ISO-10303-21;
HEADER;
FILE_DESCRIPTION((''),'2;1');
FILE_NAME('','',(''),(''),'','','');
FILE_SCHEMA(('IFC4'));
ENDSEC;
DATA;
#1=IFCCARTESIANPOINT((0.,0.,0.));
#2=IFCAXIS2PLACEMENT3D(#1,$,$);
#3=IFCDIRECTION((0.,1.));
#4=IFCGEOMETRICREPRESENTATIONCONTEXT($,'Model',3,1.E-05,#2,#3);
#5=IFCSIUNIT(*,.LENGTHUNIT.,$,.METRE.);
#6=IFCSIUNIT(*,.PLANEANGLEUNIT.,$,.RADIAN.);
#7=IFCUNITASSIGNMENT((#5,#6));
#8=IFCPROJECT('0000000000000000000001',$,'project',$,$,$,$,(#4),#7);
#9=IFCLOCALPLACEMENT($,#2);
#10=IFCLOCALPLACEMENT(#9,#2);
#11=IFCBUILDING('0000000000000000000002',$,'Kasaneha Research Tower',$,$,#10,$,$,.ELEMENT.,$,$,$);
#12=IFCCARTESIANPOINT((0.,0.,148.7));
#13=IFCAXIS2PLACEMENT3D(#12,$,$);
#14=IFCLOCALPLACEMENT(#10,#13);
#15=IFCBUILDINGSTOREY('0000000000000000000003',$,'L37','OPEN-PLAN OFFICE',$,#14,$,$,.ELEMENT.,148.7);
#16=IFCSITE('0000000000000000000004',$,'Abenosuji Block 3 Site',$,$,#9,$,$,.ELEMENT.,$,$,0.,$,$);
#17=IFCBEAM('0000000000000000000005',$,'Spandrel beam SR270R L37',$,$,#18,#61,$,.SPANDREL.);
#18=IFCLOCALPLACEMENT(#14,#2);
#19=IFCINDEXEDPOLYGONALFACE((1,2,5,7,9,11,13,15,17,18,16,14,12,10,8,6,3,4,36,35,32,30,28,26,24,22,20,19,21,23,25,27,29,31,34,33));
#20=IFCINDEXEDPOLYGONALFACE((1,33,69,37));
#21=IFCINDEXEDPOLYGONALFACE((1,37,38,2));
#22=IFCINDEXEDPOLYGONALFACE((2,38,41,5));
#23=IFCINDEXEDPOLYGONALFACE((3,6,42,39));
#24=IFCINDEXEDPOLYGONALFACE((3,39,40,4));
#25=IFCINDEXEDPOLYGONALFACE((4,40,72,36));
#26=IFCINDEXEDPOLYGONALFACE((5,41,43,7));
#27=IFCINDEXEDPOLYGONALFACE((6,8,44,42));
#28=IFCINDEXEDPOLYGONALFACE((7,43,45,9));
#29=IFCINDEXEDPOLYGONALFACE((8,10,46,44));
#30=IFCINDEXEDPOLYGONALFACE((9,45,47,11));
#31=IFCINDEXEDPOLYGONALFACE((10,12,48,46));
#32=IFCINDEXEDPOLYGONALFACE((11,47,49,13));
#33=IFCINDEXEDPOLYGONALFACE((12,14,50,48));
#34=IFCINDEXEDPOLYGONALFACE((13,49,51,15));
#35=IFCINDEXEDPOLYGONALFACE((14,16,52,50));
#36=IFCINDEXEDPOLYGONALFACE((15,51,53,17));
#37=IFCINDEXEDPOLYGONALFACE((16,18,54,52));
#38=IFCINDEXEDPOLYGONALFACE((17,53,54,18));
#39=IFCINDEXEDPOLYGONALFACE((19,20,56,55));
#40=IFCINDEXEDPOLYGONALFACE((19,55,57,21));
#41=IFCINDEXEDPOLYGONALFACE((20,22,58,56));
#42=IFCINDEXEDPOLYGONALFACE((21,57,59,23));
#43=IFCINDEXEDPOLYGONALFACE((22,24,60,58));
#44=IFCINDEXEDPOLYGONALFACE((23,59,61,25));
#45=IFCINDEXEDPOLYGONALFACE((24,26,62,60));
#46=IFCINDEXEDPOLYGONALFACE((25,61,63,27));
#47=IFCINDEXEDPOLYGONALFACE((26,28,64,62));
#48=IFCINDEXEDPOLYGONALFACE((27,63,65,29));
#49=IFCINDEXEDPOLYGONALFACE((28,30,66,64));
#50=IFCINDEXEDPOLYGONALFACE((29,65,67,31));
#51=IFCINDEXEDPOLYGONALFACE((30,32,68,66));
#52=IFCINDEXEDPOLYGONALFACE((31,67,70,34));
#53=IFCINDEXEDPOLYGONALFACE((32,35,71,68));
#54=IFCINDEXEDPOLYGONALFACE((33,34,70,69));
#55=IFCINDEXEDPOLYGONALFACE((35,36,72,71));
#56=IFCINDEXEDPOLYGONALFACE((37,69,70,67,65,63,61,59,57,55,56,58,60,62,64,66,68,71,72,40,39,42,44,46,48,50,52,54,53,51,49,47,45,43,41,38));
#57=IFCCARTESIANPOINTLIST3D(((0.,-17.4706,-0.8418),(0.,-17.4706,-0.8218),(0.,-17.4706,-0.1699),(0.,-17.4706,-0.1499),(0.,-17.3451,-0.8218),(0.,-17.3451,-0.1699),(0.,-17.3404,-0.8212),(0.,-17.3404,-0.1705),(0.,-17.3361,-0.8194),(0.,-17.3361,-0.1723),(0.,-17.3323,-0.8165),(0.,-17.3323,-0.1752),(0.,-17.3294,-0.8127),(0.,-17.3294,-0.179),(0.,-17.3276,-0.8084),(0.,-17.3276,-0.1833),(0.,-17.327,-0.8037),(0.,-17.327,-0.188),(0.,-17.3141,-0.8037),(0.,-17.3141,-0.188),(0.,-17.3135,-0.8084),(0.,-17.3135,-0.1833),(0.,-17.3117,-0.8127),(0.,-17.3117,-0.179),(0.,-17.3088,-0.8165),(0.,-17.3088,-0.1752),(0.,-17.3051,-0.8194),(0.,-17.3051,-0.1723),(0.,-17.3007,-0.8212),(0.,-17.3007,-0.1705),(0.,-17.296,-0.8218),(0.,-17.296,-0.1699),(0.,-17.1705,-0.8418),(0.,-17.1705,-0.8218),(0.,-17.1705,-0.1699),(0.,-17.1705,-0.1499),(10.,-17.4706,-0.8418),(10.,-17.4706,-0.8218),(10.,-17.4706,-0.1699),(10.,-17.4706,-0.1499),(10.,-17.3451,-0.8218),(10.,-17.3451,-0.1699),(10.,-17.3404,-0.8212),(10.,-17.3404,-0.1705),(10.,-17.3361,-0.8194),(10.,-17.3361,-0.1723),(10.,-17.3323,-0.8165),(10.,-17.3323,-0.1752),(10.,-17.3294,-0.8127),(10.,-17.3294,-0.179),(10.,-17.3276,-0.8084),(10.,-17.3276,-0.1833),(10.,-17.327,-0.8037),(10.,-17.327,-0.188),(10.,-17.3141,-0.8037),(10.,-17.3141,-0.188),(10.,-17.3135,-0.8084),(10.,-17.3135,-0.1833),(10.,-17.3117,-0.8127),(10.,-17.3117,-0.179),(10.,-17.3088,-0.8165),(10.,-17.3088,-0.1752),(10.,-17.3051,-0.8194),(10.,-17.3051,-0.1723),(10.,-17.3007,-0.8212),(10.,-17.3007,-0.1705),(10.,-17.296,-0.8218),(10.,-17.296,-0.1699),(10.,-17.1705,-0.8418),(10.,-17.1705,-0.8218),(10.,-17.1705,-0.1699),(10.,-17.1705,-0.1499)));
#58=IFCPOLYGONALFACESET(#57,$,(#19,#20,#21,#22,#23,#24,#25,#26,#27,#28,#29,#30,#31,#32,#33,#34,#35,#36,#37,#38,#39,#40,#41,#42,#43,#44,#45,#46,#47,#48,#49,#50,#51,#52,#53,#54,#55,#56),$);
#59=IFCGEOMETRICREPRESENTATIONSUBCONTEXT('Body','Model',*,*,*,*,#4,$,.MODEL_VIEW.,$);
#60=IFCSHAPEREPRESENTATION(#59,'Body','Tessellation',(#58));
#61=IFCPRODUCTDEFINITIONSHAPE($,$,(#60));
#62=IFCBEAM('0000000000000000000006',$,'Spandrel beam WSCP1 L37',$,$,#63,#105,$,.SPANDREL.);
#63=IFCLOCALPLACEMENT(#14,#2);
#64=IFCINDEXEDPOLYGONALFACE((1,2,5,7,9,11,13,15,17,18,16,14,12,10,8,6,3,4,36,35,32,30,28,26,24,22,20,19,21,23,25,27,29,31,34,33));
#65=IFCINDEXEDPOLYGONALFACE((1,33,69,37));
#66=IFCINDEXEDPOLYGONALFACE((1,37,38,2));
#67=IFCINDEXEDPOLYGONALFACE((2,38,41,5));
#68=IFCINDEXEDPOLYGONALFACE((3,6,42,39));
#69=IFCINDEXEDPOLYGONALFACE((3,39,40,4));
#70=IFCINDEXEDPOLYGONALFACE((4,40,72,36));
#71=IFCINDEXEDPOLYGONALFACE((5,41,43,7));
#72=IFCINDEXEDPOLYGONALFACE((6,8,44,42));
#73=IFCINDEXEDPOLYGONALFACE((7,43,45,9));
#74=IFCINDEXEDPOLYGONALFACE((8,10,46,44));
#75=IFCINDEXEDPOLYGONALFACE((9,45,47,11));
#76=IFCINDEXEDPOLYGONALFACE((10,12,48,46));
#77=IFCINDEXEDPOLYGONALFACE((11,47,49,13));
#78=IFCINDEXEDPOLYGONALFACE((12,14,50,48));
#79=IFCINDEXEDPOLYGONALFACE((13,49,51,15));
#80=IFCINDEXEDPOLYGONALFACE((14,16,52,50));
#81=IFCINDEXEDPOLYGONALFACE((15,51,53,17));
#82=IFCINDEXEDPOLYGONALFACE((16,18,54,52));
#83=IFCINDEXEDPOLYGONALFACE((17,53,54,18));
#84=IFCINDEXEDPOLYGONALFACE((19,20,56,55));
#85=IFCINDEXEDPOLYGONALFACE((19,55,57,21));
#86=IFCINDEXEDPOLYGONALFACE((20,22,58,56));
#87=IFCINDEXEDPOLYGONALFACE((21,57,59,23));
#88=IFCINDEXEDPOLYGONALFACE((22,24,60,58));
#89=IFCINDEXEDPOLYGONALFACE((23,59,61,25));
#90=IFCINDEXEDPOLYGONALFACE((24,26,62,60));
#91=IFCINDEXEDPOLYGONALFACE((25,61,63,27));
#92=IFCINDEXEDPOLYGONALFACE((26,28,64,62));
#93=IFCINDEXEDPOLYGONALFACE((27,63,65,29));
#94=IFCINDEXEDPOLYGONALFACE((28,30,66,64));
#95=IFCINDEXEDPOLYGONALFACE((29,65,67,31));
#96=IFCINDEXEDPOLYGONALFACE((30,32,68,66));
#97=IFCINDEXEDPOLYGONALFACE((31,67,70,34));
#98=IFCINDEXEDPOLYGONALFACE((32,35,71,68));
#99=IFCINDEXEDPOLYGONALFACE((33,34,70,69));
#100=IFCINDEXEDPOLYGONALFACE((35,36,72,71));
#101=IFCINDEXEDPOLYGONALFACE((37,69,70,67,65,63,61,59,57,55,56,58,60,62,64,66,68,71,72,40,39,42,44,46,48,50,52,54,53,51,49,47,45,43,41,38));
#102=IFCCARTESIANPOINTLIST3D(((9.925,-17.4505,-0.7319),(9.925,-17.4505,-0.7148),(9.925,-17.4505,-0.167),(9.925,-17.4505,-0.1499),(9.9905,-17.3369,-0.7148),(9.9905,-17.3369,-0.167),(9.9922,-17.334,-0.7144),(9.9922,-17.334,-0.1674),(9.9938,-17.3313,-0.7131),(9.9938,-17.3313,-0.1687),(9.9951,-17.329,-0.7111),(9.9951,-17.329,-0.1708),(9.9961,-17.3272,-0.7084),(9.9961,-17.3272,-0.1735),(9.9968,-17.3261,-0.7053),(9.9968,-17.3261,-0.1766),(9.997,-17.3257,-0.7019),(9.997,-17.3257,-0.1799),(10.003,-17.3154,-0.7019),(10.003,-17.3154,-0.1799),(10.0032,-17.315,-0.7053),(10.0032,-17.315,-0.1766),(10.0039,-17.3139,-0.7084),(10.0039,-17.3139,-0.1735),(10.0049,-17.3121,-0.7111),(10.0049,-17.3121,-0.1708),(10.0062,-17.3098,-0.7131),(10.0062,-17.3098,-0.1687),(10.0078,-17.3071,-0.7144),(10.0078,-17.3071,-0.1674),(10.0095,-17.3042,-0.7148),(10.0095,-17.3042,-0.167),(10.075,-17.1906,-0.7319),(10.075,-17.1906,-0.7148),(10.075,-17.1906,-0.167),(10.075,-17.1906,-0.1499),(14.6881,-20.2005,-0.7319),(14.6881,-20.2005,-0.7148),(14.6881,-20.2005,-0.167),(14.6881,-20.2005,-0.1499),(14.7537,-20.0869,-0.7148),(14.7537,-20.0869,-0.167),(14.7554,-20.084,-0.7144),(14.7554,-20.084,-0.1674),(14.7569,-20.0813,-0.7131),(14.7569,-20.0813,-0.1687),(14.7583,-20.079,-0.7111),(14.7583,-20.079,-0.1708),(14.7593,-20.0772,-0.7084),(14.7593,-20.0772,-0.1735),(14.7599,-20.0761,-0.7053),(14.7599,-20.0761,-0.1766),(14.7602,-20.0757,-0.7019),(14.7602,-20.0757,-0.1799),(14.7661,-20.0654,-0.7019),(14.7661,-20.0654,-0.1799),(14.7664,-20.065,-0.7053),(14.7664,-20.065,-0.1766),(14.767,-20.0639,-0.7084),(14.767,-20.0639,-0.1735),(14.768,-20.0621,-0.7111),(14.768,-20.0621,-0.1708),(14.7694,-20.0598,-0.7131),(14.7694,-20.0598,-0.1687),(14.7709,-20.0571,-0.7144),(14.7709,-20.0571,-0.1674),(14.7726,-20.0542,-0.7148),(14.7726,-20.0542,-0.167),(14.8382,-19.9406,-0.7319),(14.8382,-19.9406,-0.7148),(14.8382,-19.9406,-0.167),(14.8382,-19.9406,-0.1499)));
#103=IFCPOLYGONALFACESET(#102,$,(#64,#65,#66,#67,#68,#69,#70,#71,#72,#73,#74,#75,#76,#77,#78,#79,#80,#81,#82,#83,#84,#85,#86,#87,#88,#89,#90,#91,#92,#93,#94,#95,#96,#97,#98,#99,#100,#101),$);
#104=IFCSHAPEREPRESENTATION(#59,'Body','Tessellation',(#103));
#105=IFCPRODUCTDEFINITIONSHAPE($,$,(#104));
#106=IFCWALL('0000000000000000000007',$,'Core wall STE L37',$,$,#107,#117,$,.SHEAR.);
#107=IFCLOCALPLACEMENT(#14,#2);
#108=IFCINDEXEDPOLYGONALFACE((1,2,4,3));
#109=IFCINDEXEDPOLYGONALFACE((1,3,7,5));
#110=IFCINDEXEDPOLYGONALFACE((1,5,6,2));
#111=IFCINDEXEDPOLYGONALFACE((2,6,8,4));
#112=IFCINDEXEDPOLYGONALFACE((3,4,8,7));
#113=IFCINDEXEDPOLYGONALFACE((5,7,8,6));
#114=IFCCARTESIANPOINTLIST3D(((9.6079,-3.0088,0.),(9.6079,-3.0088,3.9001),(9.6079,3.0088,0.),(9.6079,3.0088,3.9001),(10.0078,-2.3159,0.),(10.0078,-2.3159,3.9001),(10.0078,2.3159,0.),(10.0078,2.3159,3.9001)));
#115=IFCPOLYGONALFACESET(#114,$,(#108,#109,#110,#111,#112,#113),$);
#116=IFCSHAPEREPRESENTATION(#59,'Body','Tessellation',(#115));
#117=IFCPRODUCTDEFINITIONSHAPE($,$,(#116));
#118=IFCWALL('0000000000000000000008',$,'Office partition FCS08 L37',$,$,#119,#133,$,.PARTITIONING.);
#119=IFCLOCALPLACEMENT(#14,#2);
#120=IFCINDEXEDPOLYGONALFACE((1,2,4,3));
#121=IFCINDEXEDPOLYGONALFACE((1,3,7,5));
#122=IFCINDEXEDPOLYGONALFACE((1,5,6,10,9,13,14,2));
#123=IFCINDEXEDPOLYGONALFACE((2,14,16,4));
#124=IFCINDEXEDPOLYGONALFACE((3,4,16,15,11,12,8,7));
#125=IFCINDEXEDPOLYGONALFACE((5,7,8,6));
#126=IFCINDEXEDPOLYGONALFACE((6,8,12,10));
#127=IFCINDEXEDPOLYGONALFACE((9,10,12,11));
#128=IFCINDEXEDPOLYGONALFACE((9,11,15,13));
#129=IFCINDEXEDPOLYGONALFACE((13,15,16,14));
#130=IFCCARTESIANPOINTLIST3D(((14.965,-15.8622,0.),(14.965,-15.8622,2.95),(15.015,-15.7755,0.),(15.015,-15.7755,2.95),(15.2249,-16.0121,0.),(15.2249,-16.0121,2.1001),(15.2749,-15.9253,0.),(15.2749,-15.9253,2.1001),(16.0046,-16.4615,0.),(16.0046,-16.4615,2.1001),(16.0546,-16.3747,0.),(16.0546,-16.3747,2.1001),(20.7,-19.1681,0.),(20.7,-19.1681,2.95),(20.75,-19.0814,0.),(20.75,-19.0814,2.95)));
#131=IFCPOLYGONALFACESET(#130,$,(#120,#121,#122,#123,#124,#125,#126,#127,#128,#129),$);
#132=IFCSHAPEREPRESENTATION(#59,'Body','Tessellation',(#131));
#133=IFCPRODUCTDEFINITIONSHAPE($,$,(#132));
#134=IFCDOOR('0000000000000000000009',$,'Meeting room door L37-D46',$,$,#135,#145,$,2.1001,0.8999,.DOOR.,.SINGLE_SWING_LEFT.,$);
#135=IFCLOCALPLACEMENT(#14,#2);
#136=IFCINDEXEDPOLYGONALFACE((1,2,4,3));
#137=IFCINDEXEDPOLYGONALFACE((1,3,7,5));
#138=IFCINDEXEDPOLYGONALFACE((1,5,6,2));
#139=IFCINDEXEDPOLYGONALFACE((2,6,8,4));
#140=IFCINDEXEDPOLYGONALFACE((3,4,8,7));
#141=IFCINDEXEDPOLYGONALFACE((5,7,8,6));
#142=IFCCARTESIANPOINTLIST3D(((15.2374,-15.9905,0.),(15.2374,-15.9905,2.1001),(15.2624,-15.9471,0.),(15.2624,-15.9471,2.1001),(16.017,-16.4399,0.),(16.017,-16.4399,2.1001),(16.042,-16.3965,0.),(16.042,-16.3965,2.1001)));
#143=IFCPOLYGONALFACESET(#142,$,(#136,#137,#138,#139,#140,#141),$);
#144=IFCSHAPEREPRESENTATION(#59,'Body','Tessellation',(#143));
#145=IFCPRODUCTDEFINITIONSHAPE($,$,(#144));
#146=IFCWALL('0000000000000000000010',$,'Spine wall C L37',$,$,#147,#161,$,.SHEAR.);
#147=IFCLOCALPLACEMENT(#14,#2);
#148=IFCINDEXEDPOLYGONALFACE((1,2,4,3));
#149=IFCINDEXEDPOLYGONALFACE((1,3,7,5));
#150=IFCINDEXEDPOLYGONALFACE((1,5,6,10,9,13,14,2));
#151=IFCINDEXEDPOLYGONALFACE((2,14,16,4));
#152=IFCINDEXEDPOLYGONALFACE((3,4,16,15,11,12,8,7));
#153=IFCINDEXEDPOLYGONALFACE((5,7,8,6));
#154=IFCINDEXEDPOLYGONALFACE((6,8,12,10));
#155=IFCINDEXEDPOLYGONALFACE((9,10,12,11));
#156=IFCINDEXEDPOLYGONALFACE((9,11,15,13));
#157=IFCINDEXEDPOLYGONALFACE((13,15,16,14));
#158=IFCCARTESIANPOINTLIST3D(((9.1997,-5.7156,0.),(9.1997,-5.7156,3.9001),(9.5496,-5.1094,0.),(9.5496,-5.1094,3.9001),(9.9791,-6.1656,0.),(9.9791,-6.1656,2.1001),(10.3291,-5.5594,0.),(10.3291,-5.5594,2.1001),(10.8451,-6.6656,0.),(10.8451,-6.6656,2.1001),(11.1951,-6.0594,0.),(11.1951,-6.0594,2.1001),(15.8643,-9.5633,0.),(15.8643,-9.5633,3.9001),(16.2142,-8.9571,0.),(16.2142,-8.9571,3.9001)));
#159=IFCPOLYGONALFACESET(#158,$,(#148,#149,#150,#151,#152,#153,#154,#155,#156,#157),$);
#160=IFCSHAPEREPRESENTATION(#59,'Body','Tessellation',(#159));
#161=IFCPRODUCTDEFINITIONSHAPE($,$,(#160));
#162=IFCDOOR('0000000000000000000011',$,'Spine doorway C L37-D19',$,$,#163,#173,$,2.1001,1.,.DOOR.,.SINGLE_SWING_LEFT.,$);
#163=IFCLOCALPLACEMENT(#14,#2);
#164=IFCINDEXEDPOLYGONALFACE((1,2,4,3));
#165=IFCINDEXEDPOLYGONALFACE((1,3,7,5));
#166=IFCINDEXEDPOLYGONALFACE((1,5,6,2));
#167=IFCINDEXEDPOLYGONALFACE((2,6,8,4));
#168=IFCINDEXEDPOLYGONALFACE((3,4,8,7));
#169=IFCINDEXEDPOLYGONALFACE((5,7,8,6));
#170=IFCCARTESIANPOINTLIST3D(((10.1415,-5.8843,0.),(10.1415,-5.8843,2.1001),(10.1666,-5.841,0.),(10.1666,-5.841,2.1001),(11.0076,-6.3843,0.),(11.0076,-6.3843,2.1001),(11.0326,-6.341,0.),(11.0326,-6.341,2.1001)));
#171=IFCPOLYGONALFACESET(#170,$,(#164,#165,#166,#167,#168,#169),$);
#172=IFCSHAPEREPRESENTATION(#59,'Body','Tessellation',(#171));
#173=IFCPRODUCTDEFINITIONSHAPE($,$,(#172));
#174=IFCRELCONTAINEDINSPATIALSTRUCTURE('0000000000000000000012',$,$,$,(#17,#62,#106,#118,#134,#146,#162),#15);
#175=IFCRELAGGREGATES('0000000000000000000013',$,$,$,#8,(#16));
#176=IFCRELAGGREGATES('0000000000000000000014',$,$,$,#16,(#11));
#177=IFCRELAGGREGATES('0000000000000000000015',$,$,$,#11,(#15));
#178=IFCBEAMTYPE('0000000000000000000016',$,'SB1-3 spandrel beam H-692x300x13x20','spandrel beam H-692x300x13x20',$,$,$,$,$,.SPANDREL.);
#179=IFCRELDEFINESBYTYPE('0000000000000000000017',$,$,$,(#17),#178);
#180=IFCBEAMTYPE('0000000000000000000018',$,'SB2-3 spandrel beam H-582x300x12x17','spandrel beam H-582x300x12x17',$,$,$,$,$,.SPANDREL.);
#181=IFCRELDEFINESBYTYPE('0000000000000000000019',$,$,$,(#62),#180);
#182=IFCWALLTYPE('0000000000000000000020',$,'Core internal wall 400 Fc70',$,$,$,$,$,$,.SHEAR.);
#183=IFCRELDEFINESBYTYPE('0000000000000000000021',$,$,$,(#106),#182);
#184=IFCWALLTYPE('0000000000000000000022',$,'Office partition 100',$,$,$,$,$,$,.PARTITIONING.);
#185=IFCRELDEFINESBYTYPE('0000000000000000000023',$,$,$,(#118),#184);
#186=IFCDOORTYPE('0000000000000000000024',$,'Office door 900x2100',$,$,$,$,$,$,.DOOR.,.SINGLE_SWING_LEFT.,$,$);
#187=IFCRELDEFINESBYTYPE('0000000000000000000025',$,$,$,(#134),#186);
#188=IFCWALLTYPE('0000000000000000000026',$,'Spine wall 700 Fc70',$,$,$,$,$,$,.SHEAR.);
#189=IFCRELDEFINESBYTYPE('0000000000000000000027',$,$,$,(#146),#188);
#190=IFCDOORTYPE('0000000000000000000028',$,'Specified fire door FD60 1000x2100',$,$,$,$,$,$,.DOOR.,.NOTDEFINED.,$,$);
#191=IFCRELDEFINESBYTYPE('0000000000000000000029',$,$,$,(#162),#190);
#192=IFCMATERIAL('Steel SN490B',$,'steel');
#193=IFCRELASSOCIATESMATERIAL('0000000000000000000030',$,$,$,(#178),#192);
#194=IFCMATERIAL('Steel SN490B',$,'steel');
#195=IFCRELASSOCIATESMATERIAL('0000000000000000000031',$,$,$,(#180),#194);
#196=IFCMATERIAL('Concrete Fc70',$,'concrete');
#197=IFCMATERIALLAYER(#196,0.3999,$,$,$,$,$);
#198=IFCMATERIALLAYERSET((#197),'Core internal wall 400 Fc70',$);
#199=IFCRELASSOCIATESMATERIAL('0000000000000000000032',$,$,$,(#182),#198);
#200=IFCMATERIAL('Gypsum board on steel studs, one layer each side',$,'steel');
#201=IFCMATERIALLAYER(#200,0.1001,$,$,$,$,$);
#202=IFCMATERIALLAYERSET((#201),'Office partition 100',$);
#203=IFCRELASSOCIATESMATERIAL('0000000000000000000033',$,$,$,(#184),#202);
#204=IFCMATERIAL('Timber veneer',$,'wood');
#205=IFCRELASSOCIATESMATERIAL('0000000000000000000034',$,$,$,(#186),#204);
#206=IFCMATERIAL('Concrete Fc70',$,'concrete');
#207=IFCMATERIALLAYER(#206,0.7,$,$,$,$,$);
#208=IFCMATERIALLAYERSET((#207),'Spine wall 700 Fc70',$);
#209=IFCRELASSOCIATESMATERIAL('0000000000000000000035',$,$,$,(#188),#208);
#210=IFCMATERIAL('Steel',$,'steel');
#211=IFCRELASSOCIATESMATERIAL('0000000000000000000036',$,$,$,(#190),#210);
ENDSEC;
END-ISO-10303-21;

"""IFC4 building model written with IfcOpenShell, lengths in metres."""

from ifc_helpers import new_model, si_unit, direction, frame, frame_2d, origin, origin_2d, place, context, subcontext, project, spatial, polyline, rectangle, i_section, outline, extrude, material, layer, layer_set, material_profile, profile_set, type_object, element, fill, save


model = new_model("IFC4")

# Units and contexts
model_context = context("Model", 3, precision=1e-05, world=origin(), true_north=direction((0.0, 1.0)))
body_context = subcontext(model_context, "Body", "Model", "MODEL_VIEW")
ifc_project = project(units=[si_unit("LENGTHUNIT", "METRE"), si_unit("PLANEANGLEUNIT", "RADIAN")], contexts=[model_context])

# Site, building, storey
site_placement = place(None, origin())
site = spatial("IfcSite", under=ifc_project, at=site_placement, Name="Abenosuji Block 3 Site", CompositionType="ELEMENT", RefElevation=0.0)
building_placement = place(site_placement, origin())
building = spatial("IfcBuilding", under=site, at=building_placement, Name="Kasaneha Research Tower", CompositionType="ELEMENT")
storey_placement = place(building_placement, frame((0.0, 0.0, 148.7)))
storey = spatial("IfcBuildingStorey", under=building, at=storey_placement, Name="L37", Description="OPEN-PLAN OFFICE", CompositionType="ELEMENT", Elevation=148.7)

# Beams
ifc_material_1 = material(Name="Steel SN490B", Category="steel")
ifc_material_profile_1 = material_profile(ifc_material_1, i_section(OverallWidth=0.3, OverallDepth=0.6919, WebThickness=0.0129, FlangeThickness=0.02, FilletRadius=0.0181, at=origin_2d()), Name="H-692x300x13x20")
ifc_profile_set_1 = profile_set([ifc_material_profile_1], Name="Steel SN490B")
beam_type_1 = type_object("IfcBeamType", Name="SB1-3 spandrel beam H-692x300x13x20", Description="spandrel beam H-692x300x13x20", PredefinedType="SPANDREL", material=ifc_profile_set_1)
beam_1_placement = place(storey_placement, frame((10.0, -17.3206, -0.4958), z_axis=(-1.0, 0.0, 0.0), x_axis=(0.0, -1.0, 0.0)))
element("IfcBeam", 1, at=beam_1_placement, inside=storey, type_object=beam_type_1, Name="Spandrel beam SR270R L37", PredefinedType="SPANDREL", context=body_context, shape_type="SweptSolid", body=[
    extrude(i_section(OverallWidth=0.3, OverallDepth=0.6919, WebThickness=0.0129, FlangeThickness=0.02, FilletRadius=0.0181, at=origin_2d()), origin(), (0.0, 0.0, 1.0), 10.0),
])
ifc_material_2 = material(Name="Steel SN490B", Category="steel")
ifc_material_profile_2 = material_profile(ifc_material_2, i_section(OverallWidth=0.3, OverallDepth=0.582, WebThickness=0.012, FlangeThickness=0.0171, FilletRadius=0.0129, at=origin_2d()), Name="H-582x300x12x17")
ifc_profile_set_2 = profile_set([ifc_material_profile_2], Name="Steel SN490B")
beam_type_2 = type_object("IfcBeamType", Name="SB2-3 spandrel beam H-582x300x12x17", Description="spandrel beam H-582x300x12x17", PredefinedType="SPANDREL", material=ifc_profile_set_2)
beam_2_placement = place(storey_placement, frame((10.0, -17.3206, -0.4409), z_axis=(0.866027, -0.499997, 0.0), x_axis=(0.499997, 0.866027, 0.0)))
element("IfcBeam", 2, at=beam_2_placement, inside=storey, type_object=beam_type_2, Name="Spandrel beam WSCP1 L37", PredefinedType="SPANDREL", context=body_context, shape_type="SweptSolid", body=[
    extrude(i_section(OverallWidth=0.3, OverallDepth=0.582, WebThickness=0.012, FlangeThickness=0.0171, FilletRadius=0.0129, at=origin_2d()), origin(), (0.0, 0.0, 1.0), 5.5),
])

# Wall
ifc_material_3 = material(Name="Concrete Fc70", Category="concrete")
ifc_layer_1 = layer(ifc_material_3, 0.3999)
ifc_layer_set_1 = layer_set([ifc_layer_1], Name="Core internal wall 400 Fc70")
wall_type_1 = type_object("IfcWallType", Name="Core internal wall 400 Fc70", PredefinedType="SHEAR", material=ifc_layer_set_1)
wall_1_placement = place(storey_placement, frame((9.8079, -2.6624, 0.0), z_axis=(0.0, 0.0, 1.0), x_axis=(0.0, 1.0, 0.0)))
element("IfcWall", 3, at=wall_1_placement, inside=storey, type_object=wall_type_1, Name="Core wall STE L37", PredefinedType="SHEAR", context=body_context, shape_type="SweptSolid", body=[
    extrude(outline(polyline([(0.3464, -0.2), (4.9783, -0.2), (5.6711, 0.2), (-0.3464, 0.2), (0.3464, -0.2)])), origin(), (0.0, 0.0, 1.0), 3.9001),
])

# Walls, openings, doors
ifc_material_4 = material(Name="Gypsum board on steel studs, one layer each side", Category="steel")
ifc_layer_2 = layer(ifc_material_4, 0.1001)
ifc_layer_set_2 = layer_set([ifc_layer_2], Name="Office partition 100")
wall_type_2 = type_object("IfcWallType", Name="Office partition 100", PredefinedType="PARTITIONING", material=ifc_layer_set_2)
wall_2_placement = place(storey_placement, frame((14.99, -15.8188, 0.0), z_axis=(0.0, 0.0, 1.0), x_axis=(0.866369, -0.499404, 0.0)))
wall_2 = element("IfcWall", 4, at=wall_2_placement, inside=storey, type_object=wall_type_2, Name="Office partition FCS08 L37", PredefinedType="PARTITIONING", context=body_context, shape_type="SweptSolid", body=[
    extrude(rectangle(XDim=6.6196, YDim=0.1001, at=frame_2d((3.3098, 0.0))), origin(), (0.0, 0.0, 1.0), 2.95),
])
opening_1_placement = place(wall_2_placement, frame((0.3, 0.0, 0.0)))
opening_1 = element("IfcOpeningElement", 5, at=opening_1_placement, cuts=wall_2, PredefinedType="OPENING", context=body_context, shape_type="SweptSolid", body=[
    extrude(rectangle(XDim=0.8999, YDim=2.1001, at=frame_2d((0.45, 1.05))), frame((0.0, 0.0601, 0.0), z_axis=(0.0, -1.0, 0.0), x_axis=(1.0, 0.0, 0.0)), (0.0, 0.0, 1.0), 0.1201),
])
ifc_material_5 = material(Name="Timber veneer", Category="wood")
door_type_1 = type_object("IfcDoorType", Name="Office door 900x2100", OperationType="SINGLE_SWING_LEFT", PredefinedType="DOOR", material=ifc_material_5)
door_1_placement = place(opening_1_placement, origin())
door_1 = element("IfcDoor", 6, at=door_1_placement, inside=storey, type_object=door_type_1, Name="Meeting room door L37-D46", OperationType="SINGLE_SWING_LEFT", OverallHeight=2.1001, OverallWidth=0.8999, PredefinedType="DOOR", context=body_context, shape_type="SweptSolid", body=[
    extrude(rectangle(XDim=0.8999, YDim=2.1001, at=frame_2d((0.45, 1.05))), frame((0.0, 0.0249, 0.0), z_axis=(0.0, -1.0, 0.0), x_axis=(1.0, 0.0, 0.0)), (0.0, 0.0, 1.0), 0.05),
])
fill(opening_1, door_1)
ifc_material_6 = material(Name="Concrete Fc70", Category="concrete")
ifc_layer_3 = layer(ifc_material_6, 0.7)
ifc_layer_set_3 = layer_set([ifc_layer_3], Name="Spine wall 700 Fc70")
wall_type_3 = type_object("IfcWallType", Name="Spine wall 700 Fc70", PredefinedType="SHEAR", material=ifc_layer_set_3)
wall_3_placement = place(storey_placement, frame((9.3748, -5.4126, 0.0), z_axis=(0.0, 0.0, 1.0), x_axis=(0.866032, -0.499988, 0.0)))
wall_3 = element("IfcWall", 7, at=wall_3_placement, inside=storey, type_object=wall_type_3, Name="Spine wall C L37", PredefinedType="SHEAR", context=body_context, shape_type="SweptSolid", body=[
    extrude(rectangle(XDim=7.6956, YDim=0.7, at=frame_2d((3.8477, 0.0))), origin(), (0.0, 0.0, 1.0), 3.9001),
])
opening_2_placement = place(wall_3_placement, frame((0.8999, 0.0, 0.0)))
opening_2 = element("IfcOpeningElement", 8, at=opening_2_placement, cuts=wall_3, PredefinedType="OPENING", context=body_context, shape_type="SweptSolid", body=[
    extrude(rectangle(XDim=1.0, YDim=2.1001, at=frame_2d((0.5, 1.05))), frame((0.0, 0.3599, 0.0), z_axis=(0.0, -1.0, 0.0), x_axis=(1.0, 0.0, 0.0)), (0.0, 0.0, 1.0), 0.72),
])
ifc_material_7 = material(Name="Steel", Category="steel")
door_type_2 = type_object("IfcDoorType", Name="Specified fire door FD60 1000x2100", OperationType="NOTDEFINED", PredefinedType="DOOR", material=ifc_material_7)
door_2_placement = place(opening_2_placement, origin())
door_2 = element("IfcDoor", 9, at=door_2_placement, inside=storey, type_object=door_type_2, Name="Spine doorway C L37-D19", OperationType="SINGLE_SWING_LEFT", OverallHeight=2.1001, OverallWidth=1.0, PredefinedType="DOOR", context=body_context, shape_type="SweptSolid", body=[
    extrude(rectangle(XDim=1.0, YDim=2.1001, at=frame_2d((0.5, 1.05))), frame((0.0, 0.0249, 0.0), z_axis=(0.0, -1.0, 0.0), x_axis=(1.0, 0.0, 0.0)), (0.0, 0.0, 1.0), 0.05),
])
fill(opening_2, door_2)

save(model, "model.ifc")
